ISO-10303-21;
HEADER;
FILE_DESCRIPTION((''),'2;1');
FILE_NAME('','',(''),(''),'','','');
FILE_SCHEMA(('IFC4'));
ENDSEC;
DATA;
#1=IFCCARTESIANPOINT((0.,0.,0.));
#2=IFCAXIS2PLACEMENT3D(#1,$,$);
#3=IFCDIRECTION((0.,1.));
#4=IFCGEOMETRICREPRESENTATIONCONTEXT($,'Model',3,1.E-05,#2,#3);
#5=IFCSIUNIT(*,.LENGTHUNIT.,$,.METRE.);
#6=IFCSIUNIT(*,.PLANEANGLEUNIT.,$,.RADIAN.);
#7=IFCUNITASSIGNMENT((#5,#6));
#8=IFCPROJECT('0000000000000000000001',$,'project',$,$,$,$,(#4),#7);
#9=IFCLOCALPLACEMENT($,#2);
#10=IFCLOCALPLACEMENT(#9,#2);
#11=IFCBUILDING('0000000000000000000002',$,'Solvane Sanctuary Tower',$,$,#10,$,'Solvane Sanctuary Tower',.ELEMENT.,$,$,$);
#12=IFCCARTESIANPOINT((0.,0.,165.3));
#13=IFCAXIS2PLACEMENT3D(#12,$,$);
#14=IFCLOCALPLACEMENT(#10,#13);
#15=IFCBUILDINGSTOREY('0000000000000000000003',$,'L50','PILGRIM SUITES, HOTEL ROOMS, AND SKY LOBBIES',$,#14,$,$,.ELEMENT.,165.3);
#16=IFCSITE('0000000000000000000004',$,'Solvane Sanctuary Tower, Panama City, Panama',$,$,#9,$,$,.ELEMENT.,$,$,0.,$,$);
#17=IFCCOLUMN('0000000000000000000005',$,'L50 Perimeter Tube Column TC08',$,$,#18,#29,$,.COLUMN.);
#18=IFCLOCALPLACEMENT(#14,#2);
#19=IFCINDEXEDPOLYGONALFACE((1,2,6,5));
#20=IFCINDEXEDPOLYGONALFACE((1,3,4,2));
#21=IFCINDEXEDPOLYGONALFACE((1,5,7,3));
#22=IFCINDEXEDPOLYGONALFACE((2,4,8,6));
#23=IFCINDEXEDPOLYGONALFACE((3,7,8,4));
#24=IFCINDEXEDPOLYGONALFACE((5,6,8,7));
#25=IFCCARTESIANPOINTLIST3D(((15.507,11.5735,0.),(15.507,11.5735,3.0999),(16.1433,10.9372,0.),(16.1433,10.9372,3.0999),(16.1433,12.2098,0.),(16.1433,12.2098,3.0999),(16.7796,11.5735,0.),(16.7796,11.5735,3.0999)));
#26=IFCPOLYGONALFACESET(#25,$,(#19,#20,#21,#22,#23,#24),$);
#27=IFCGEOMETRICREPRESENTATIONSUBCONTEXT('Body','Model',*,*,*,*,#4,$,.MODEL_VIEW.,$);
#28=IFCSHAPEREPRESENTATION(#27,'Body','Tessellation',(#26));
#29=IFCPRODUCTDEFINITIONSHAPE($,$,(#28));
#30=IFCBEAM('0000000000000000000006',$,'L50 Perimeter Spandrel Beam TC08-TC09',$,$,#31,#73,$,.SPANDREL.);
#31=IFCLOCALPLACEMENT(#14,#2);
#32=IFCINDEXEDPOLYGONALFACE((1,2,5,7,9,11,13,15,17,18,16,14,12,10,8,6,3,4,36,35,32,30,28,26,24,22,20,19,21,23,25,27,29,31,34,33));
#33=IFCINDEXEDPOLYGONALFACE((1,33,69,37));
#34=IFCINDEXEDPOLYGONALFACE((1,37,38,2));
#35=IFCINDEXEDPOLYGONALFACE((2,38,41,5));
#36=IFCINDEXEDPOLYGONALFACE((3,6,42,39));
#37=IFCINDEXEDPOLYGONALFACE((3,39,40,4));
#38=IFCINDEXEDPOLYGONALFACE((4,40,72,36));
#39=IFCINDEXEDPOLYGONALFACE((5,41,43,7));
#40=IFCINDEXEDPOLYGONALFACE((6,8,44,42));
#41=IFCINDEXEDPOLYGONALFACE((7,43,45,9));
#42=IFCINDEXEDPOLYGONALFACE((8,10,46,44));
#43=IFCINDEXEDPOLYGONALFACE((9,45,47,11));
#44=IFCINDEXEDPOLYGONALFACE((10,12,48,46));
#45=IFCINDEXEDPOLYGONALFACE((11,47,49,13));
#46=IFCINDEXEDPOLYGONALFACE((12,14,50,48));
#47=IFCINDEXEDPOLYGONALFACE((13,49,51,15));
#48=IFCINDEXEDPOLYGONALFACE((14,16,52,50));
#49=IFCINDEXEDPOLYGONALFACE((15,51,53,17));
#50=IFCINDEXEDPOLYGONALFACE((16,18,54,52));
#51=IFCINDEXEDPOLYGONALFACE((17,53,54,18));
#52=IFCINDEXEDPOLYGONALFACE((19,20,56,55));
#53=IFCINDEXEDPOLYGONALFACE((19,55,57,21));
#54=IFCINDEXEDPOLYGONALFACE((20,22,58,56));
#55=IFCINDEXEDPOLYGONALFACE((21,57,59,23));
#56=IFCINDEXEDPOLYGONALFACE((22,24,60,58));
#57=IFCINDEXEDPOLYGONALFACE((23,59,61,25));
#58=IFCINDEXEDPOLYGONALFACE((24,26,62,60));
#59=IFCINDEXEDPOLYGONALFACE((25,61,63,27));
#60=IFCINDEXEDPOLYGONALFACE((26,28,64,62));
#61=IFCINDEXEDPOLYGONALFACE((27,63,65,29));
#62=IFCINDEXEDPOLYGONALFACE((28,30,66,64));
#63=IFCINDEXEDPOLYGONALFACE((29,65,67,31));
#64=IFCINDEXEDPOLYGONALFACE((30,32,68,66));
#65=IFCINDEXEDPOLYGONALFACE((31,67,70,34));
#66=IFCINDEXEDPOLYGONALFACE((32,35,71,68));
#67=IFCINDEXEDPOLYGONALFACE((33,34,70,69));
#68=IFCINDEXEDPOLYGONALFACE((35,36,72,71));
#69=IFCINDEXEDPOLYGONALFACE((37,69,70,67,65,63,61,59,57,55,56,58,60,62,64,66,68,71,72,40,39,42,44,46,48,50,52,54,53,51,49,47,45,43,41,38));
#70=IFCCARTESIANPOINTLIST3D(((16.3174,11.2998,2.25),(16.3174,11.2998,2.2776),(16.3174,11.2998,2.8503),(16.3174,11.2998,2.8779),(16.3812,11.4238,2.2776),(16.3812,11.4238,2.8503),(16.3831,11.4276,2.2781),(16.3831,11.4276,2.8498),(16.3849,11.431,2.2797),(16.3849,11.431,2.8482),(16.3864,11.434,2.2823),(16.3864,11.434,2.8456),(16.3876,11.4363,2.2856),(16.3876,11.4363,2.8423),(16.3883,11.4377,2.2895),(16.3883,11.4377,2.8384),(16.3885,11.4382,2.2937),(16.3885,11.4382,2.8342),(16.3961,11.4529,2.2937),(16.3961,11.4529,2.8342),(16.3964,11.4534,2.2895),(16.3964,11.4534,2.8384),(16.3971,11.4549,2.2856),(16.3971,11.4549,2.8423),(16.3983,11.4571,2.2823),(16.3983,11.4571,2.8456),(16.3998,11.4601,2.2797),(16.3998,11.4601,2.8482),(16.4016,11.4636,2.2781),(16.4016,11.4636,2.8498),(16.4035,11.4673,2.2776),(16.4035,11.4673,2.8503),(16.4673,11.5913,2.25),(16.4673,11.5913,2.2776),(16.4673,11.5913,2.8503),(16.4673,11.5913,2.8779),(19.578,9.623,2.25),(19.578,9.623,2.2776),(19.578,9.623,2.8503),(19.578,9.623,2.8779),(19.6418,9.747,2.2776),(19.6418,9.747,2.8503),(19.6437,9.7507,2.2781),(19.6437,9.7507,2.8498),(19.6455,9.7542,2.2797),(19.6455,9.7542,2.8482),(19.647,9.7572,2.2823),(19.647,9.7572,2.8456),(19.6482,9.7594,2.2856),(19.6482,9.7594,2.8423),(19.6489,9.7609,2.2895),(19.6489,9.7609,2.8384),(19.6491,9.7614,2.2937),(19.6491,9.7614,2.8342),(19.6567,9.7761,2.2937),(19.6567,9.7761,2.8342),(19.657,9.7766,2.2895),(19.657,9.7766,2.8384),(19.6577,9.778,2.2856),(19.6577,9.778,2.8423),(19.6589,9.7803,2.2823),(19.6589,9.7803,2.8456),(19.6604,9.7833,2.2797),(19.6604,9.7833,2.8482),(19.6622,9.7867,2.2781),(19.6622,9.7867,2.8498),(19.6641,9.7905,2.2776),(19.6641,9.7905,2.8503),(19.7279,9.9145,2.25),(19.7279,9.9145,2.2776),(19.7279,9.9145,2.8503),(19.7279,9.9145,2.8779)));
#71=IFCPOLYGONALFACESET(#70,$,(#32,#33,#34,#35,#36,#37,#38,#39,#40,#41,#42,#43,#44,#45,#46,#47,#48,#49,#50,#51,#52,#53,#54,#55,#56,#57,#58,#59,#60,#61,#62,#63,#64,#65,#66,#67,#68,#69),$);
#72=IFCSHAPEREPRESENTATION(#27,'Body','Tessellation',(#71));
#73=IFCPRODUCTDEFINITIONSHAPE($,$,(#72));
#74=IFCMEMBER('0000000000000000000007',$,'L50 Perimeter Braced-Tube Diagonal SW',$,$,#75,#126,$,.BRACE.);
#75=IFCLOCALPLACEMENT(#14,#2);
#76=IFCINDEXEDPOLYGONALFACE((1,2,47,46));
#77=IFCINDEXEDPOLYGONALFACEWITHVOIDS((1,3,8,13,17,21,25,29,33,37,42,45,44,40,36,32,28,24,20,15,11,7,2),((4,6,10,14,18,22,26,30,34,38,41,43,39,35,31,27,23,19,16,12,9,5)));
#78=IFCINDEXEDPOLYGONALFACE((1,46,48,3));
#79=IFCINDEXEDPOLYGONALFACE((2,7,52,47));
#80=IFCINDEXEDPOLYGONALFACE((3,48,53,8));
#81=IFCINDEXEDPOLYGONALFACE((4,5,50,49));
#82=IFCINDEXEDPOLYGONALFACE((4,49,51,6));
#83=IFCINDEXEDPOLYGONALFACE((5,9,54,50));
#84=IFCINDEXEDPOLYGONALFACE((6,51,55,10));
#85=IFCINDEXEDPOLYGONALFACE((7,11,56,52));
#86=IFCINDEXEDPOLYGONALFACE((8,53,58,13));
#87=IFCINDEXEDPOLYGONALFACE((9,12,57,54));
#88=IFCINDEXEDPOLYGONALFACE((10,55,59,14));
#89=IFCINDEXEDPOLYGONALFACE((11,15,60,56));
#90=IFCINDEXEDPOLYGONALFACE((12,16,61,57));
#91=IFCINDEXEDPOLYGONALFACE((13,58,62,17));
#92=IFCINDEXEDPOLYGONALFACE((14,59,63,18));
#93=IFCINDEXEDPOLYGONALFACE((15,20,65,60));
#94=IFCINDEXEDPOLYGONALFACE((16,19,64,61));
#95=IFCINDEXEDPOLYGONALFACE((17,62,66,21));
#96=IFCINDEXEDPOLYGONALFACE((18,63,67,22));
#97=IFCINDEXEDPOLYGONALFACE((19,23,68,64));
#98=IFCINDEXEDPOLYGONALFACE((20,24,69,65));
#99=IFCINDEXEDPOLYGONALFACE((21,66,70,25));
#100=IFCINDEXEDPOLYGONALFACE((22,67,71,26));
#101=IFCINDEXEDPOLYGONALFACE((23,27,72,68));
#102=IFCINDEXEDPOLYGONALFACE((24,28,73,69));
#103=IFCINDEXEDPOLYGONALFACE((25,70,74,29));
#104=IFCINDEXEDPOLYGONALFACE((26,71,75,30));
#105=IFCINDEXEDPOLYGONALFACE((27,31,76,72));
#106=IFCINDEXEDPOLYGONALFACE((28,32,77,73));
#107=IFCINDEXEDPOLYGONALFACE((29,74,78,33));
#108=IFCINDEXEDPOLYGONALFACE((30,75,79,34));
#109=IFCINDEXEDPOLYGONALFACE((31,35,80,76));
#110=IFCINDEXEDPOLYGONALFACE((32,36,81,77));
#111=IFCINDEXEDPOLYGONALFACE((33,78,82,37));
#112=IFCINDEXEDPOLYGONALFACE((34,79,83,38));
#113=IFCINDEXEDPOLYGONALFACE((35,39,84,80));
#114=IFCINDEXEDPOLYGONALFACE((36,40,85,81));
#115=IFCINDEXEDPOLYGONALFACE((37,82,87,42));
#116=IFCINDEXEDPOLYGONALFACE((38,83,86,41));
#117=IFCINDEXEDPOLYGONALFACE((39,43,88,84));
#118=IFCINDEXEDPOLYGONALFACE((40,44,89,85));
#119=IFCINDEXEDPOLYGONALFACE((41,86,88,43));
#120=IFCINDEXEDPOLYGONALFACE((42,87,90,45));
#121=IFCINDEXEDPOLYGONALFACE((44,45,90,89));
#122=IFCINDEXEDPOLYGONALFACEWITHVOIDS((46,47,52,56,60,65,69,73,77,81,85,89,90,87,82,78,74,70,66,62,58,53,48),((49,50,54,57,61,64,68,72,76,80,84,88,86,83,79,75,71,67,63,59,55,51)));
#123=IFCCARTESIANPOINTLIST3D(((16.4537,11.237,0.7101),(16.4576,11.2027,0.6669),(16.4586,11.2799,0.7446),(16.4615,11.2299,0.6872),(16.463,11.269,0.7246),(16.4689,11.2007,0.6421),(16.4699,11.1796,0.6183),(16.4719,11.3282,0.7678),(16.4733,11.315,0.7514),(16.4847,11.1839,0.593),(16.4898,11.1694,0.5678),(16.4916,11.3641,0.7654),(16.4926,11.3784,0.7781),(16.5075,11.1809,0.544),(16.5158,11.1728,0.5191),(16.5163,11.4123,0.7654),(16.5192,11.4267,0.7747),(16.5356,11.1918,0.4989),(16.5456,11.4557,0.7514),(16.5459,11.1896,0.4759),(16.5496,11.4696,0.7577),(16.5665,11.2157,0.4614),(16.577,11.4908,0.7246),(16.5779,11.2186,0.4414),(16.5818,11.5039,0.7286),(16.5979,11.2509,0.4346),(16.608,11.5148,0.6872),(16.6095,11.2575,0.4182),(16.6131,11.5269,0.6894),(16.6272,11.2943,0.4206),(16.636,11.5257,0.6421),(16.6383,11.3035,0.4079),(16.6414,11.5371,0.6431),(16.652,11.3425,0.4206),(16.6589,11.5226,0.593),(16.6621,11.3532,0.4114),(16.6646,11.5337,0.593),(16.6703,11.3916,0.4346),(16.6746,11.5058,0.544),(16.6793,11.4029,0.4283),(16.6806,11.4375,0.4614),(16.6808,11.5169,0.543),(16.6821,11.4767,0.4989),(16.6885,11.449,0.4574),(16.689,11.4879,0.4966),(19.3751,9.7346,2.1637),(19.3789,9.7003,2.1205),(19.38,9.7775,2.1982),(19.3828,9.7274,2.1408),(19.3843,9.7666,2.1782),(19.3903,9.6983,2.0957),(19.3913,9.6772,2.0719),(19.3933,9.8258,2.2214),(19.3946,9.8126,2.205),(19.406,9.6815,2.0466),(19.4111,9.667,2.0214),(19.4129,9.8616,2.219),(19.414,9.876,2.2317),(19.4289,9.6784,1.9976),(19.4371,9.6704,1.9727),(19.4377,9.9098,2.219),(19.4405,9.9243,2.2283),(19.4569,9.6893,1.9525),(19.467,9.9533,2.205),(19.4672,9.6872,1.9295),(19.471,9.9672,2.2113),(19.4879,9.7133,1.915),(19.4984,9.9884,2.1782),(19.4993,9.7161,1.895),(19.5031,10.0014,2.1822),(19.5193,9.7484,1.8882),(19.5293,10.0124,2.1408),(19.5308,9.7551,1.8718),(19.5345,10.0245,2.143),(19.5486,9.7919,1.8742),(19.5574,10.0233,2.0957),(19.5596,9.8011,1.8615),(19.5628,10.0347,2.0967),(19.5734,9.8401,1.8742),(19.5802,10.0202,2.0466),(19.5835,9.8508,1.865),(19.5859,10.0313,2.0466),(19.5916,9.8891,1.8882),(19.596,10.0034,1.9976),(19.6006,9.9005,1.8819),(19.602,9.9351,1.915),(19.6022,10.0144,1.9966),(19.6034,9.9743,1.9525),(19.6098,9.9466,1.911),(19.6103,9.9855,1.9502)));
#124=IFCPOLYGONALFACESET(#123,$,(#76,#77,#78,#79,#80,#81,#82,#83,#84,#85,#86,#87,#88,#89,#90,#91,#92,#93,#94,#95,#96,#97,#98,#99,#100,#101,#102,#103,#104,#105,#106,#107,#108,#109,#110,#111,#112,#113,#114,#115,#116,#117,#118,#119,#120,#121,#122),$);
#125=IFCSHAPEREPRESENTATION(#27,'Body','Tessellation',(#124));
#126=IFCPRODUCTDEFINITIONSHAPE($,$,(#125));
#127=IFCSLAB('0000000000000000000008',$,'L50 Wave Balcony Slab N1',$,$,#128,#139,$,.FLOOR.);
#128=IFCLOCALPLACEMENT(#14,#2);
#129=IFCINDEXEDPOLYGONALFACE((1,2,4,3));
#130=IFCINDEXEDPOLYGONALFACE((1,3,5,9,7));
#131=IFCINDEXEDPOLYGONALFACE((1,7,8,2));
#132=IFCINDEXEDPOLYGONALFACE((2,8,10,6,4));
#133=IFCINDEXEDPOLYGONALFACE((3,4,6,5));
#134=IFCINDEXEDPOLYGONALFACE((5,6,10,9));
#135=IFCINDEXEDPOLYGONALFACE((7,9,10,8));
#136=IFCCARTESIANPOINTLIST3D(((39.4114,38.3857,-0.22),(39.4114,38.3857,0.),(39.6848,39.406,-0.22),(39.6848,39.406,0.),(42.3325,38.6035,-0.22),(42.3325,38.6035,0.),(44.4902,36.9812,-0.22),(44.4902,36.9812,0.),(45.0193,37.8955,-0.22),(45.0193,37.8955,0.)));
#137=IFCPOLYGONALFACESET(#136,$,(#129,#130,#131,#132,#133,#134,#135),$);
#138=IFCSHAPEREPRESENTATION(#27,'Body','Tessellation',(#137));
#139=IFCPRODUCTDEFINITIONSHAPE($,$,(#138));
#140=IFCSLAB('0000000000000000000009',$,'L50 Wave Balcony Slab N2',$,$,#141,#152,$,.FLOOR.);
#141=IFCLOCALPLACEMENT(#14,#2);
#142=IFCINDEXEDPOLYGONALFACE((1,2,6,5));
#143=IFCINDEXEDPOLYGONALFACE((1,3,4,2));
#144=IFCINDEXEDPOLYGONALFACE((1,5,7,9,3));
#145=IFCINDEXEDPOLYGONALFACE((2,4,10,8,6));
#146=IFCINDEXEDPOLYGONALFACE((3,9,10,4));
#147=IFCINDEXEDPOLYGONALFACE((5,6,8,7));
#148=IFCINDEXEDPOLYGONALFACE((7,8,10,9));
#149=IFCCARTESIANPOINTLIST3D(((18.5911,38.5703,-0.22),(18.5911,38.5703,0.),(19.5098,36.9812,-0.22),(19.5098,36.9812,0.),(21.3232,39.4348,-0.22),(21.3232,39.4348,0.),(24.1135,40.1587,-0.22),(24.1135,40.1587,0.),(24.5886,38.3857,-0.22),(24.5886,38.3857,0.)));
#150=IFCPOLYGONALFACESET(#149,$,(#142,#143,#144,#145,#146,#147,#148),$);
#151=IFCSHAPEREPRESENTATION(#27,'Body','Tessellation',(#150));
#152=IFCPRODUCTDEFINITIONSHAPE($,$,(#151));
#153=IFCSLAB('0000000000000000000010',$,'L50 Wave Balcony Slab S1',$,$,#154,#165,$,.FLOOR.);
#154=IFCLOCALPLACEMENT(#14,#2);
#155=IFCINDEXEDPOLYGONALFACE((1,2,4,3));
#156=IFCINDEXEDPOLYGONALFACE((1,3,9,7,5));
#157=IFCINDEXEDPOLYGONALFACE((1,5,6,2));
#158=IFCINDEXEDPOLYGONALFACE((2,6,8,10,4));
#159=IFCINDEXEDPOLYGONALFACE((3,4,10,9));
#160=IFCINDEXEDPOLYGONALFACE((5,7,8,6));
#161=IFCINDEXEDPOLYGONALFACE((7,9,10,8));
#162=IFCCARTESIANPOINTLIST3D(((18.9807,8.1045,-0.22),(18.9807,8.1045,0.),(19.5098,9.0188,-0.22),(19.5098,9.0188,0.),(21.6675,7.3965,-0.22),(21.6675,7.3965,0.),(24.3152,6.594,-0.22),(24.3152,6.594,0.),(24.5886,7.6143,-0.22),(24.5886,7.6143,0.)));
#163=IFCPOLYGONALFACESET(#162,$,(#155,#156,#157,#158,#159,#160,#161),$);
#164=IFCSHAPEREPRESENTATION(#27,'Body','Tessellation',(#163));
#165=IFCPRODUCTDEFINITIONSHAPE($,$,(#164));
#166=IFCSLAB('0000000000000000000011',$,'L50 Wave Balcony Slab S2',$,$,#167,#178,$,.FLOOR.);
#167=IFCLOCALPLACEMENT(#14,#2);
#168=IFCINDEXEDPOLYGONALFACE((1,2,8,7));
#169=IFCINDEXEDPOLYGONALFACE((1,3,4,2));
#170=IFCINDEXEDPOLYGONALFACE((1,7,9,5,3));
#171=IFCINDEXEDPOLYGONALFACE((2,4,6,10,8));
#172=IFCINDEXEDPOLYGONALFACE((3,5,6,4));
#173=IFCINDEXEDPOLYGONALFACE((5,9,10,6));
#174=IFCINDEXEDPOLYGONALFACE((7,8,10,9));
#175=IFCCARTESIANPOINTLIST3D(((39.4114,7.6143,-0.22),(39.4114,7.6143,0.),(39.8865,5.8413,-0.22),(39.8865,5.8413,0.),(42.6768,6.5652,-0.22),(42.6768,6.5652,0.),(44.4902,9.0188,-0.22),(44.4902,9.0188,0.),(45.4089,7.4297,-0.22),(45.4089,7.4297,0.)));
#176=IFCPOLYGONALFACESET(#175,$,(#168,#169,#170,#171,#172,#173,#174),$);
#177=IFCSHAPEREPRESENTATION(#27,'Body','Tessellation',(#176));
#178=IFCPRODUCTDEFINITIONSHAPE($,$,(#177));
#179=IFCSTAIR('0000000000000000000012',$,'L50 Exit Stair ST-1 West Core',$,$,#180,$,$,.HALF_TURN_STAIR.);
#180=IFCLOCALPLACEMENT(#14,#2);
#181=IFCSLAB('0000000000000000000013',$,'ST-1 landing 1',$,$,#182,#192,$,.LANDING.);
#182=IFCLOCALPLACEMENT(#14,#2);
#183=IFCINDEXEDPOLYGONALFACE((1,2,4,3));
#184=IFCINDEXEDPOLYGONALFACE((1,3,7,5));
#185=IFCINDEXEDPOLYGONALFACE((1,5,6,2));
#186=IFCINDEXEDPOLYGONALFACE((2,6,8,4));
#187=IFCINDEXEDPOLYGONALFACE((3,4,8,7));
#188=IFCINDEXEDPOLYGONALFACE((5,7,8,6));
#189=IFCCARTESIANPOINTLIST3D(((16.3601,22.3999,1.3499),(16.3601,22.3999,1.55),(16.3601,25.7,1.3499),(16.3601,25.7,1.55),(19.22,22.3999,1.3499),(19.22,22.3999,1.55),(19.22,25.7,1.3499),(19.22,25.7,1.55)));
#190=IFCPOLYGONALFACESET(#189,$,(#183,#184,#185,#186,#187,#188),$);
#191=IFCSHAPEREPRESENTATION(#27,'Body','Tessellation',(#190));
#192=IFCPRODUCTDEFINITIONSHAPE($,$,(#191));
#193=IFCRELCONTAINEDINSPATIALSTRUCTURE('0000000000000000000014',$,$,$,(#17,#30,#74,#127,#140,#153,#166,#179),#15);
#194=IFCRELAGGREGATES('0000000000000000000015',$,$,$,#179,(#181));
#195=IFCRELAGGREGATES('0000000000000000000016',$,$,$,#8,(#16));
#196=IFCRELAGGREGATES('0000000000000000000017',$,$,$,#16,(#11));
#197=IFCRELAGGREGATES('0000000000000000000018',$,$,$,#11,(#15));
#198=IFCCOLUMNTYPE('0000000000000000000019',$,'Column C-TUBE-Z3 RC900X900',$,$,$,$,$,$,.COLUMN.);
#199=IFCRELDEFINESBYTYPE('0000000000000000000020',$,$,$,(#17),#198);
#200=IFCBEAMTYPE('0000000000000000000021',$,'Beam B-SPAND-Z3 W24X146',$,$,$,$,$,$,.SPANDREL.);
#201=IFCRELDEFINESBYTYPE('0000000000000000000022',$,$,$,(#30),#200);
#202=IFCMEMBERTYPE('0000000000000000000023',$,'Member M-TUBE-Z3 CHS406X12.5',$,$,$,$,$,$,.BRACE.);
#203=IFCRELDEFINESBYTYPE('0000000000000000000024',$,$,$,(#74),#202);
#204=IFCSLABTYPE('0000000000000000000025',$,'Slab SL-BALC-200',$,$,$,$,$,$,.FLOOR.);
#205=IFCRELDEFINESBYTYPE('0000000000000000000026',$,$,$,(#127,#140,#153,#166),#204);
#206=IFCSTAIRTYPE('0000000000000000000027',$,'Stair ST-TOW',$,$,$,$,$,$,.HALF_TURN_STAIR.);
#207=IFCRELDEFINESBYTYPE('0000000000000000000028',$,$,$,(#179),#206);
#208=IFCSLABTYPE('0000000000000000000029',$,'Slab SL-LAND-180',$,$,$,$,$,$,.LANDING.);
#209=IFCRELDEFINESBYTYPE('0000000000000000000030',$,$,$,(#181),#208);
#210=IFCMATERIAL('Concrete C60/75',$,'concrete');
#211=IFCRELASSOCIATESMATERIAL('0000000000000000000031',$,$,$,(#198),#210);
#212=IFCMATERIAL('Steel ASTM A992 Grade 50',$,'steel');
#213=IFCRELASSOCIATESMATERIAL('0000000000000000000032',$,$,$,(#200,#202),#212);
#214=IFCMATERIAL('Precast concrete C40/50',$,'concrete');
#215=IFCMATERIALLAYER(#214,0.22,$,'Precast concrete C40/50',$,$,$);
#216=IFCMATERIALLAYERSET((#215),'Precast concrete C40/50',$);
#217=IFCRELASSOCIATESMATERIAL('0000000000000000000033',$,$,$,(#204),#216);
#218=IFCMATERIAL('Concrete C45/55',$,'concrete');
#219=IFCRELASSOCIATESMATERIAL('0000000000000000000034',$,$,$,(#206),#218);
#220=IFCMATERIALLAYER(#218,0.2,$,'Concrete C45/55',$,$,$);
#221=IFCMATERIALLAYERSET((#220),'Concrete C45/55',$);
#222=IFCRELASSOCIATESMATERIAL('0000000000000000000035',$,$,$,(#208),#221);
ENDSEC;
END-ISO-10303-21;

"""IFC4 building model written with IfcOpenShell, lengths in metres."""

from ifc_helpers import new_model, si_unit, direction, frame, origin, origin_2d, place, context, subcontext, project, spatial, polyline, rectangle, hollow_circle, i_section, outline, extrude, material, layer, layer_set, material_profile, profile_set, type_object, element, aggregate, save


model = new_model("IFC4")

# Units and contexts
model_context = context("Model", 3, precision=1e-05, world=origin(), true_north=direction((0.0, 1.0)))
body_context = subcontext(model_context, "Body", "Model", "MODEL_VIEW")
ifc_project = project(units=[si_unit("LENGTHUNIT", "METRE"), si_unit("PLANEANGLEUNIT", "RADIAN")], contexts=[model_context])

# Site, building, storey
site_placement = place(None, origin())
site = spatial("IfcSite", under=ifc_project, at=site_placement, Name="Solvane Sanctuary Tower, Panama City, Panama", CompositionType="ELEMENT", RefElevation=0.0)
building_placement = place(site_placement, origin())
building = spatial("IfcBuilding", under=site, at=building_placement, Name="Solvane Sanctuary Tower", LongName="Solvane Sanctuary Tower", CompositionType="ELEMENT")
storey_placement = place(building_placement, frame((0.0, 0.0, 165.3)))
storey = spatial("IfcBuildingStorey", under=building, at=storey_placement, Name="L50", Description="PILGRIM SUITES, HOTEL ROOMS, AND SKY LOBBIES", CompositionType="ELEMENT", Elevation=165.3)

# Column
ifc_material_1 = material(Name="Concrete C60/75", Category="concrete")
ifc_material_profile_1 = material_profile(ifc_material_1, rectangle(XDim=0.8999, YDim=0.8999, at=origin_2d()), Name="RC900X900")
ifc_profile_set_1 = profile_set([ifc_material_profile_1], Name="Concrete C60/75")
column_type = type_object("IfcColumnType", Name="Column C-TUBE-Z3 RC900X900", PredefinedType="COLUMN", material=ifc_profile_set_1)
column_placement = place(storey_placement, frame((16.1433, 11.5735, 0.0), z_axis=(0.0, 0.0, 1.0), x_axis=(-0.707107, -0.707107, 0.0)))
element("IfcColumn", 1, at=column_placement, inside=storey, type_object=column_type, Name="L50 Perimeter Tube Column TC08", PredefinedType="COLUMN", context=body_context, shape_type="SweptSolid", body=[
    extrude(rectangle(XDim=0.8999, YDim=0.8999, at=origin_2d()), origin(), (0.0, 0.0, 1.0), 3.0999),
])

# Beam
ifc_material_2 = material(Name="Steel ASTM A992 Grade 50", Category="steel")
ifc_material_profile_2 = material_profile(ifc_material_2, i_section(OverallWidth=0.3279, OverallDepth=0.6279, WebThickness=0.0166, FlangeThickness=0.0276, FilletRadius=0.0161, at=origin_2d()), Name="W24X146")
ifc_profile_set_2 = profile_set([ifc_material_profile_2], Name="Steel ASTM A992 Grade 50")
beam_type = type_object("IfcBeamType", Name="Beam B-SPAND-Z3 W24X146", PredefinedType="SPANDREL", material=ifc_profile_set_2)
beam_placement = place(storey_placement, frame((16.3923, 11.4456, 2.564), z_axis=(0.889296, -0.457333, 0.0), x_axis=(0.457333, 0.889296, 0.0)))
element("IfcBeam", 2, at=beam_placement, inside=storey, type_object=beam_type, Name="L50 Perimeter Spandrel Beam TC08-TC09", PredefinedType="SPANDREL", context=body_context, shape_type="SweptSolid", body=[
    extrude(i_section(OverallWidth=0.3279, OverallDepth=0.6279, WebThickness=0.0166, FlangeThickness=0.0276, FilletRadius=0.0161, at=origin_2d()), origin(), (0.0, 0.0, 1.0), 3.6665),
])

# Member
ifc_material_profile_3 = material_profile(ifc_material_2, hollow_circle(Radius=0.2029, WallThickness=0.0125, at=origin_2d()), Name="CHS406X12.5")
ifc_profile_set_3 = profile_set([ifc_material_profile_3], Name="Steel ASTM A992 Grade 50")
member_type = type_object("IfcMemberType", Name="Member M-TUBE-Z3 CHS406X12.5", PredefinedType="BRACE", material=ifc_profile_set_3)
member_placement = place(storey_placement, frame((16.5718, 11.3533, 0.593), z_axis=(0.813229, -0.418236, 0.404644), x_axis=(0.457351, 0.889286, 0.0)))
element("IfcMember", 3, at=member_placement, inside=storey, type_object=member_type, Name="L50 Perimeter Braced-Tube Diagonal SW", PredefinedType="BRACE", context=body_context, shape_type="SweptSolid", body=[
    extrude(hollow_circle(Radius=0.2029, WallThickness=0.0125, at=origin_2d()), origin(), (0.0, 0.0, 1.0), 3.5923),
])

# Slabs
ifc_material_3 = material(Name="Precast concrete C40/50", Category="concrete")
ifc_layer_1 = layer(ifc_material_3, 0.22, Name="Precast concrete C40/50")
ifc_layer_set_1 = layer_set([ifc_layer_1], Name="Precast concrete C40/50")
slab_type_1 = type_object("IfcSlabType", Name="Slab SL-BALC-200", PredefinedType="FLOOR", material=ifc_layer_set_1)
slab_1_placement = place(storey_placement, frame((0.0, 0.0, -0.22)))
element("IfcSlab", 4, at=slab_1_placement, inside=storey, type_object=slab_type_1, Name="L50 Wave Balcony Slab N1", PredefinedType="FLOOR", context=body_context, shape_type="SweptSolid", body=[
    extrude(outline(polyline([(45.0193, 37.8955), (42.3325, 38.6035), (39.6848, 39.406), (39.4114, 38.3857), (44.4902, 36.9812), (45.0193, 37.8955)])), origin(), (0.0, 0.0, 1.0), 0.22),
])
slab_2_placement = place(storey_placement, frame((0.0, 0.0, -0.22)))
element("IfcSlab", 5, at=slab_2_placement, inside=storey, type_object=slab_type_1, Name="L50 Wave Balcony Slab N2", PredefinedType="FLOOR", context=body_context, shape_type="SweptSolid", body=[
    extrude(outline(polyline([(24.1135, 40.1587), (21.3232, 39.4348), (18.5911, 38.5703), (19.5098, 36.9812), (24.5886, 38.3857), (24.1135, 40.1587)])), origin(), (0.0, 0.0, 1.0), 0.22),
])
slab_3_placement = place(storey_placement, frame((0.0, 0.0, -0.22)))
element("IfcSlab", 6, at=slab_3_placement, inside=storey, type_object=slab_type_1, Name="L50 Wave Balcony Slab S1", PredefinedType="FLOOR", context=body_context, shape_type="SweptSolid", body=[
    extrude(outline(polyline([(18.9807, 8.1045), (21.6675, 7.3965), (24.3152, 6.594), (24.5886, 7.6143), (19.5098, 9.0188), (18.9807, 8.1045)])), origin(), (0.0, 0.0, 1.0), 0.22),
])
slab_4_placement = place(storey_placement, frame((0.0, 0.0, -0.22)))
element("IfcSlab", 7, at=slab_4_placement, inside=storey, type_object=slab_type_1, Name="L50 Wave Balcony Slab S2", PredefinedType="FLOOR", context=body_context, shape_type="SweptSolid", body=[
    extrude(outline(polyline([(39.8865, 5.8413), (42.6768, 6.5652), (45.4089, 7.4297), (44.4902, 9.0188), (39.4114, 7.6143), (39.8865, 5.8413)])), origin(), (0.0, 0.0, 1.0), 0.22),
])

# Stair, slab
ifc_material_4 = material(Name="Concrete C45/55", Category="concrete")
stair_type = type_object("IfcStairType", Name="Stair ST-TOW", PredefinedType="HALF_TURN_STAIR", material=ifc_material_4)
stair_1_placement = place(storey_placement, origin())
stair_1 = element("IfcStair", 8, at=stair_1_placement, inside=storey, type_object=stair_type, Name="L50 Exit Stair ST-1 West Core", PredefinedType="HALF_TURN_STAIR")
ifc_layer_2 = layer(ifc_material_4, 0.2, Name="Concrete C45/55")
ifc_layer_set_2 = layer_set([ifc_layer_2], Name="Concrete C45/55")
slab_type_2 = type_object("IfcSlabType", Name="Slab SL-LAND-180", PredefinedType="LANDING", material=ifc_layer_set_2)
slab_5_placement = place(storey_placement, frame((0.0, 0.0, 1.3499)))
slab_5 = element("IfcSlab", 9, at=slab_5_placement, type_object=slab_type_2, Name="ST-1 landing 1", PredefinedType="LANDING", context=body_context, shape_type="SweptSolid", body=[
    extrude(outline(polyline([(19.22, 22.3999), (19.22, 25.7), (16.3601, 25.7), (16.3601, 22.3999), (19.22, 22.3999)])), origin(), (0.0, 0.0, 1.0), 0.2002),
])
aggregate(stair_1, [slab_5])

save(model, "model.ifc")
